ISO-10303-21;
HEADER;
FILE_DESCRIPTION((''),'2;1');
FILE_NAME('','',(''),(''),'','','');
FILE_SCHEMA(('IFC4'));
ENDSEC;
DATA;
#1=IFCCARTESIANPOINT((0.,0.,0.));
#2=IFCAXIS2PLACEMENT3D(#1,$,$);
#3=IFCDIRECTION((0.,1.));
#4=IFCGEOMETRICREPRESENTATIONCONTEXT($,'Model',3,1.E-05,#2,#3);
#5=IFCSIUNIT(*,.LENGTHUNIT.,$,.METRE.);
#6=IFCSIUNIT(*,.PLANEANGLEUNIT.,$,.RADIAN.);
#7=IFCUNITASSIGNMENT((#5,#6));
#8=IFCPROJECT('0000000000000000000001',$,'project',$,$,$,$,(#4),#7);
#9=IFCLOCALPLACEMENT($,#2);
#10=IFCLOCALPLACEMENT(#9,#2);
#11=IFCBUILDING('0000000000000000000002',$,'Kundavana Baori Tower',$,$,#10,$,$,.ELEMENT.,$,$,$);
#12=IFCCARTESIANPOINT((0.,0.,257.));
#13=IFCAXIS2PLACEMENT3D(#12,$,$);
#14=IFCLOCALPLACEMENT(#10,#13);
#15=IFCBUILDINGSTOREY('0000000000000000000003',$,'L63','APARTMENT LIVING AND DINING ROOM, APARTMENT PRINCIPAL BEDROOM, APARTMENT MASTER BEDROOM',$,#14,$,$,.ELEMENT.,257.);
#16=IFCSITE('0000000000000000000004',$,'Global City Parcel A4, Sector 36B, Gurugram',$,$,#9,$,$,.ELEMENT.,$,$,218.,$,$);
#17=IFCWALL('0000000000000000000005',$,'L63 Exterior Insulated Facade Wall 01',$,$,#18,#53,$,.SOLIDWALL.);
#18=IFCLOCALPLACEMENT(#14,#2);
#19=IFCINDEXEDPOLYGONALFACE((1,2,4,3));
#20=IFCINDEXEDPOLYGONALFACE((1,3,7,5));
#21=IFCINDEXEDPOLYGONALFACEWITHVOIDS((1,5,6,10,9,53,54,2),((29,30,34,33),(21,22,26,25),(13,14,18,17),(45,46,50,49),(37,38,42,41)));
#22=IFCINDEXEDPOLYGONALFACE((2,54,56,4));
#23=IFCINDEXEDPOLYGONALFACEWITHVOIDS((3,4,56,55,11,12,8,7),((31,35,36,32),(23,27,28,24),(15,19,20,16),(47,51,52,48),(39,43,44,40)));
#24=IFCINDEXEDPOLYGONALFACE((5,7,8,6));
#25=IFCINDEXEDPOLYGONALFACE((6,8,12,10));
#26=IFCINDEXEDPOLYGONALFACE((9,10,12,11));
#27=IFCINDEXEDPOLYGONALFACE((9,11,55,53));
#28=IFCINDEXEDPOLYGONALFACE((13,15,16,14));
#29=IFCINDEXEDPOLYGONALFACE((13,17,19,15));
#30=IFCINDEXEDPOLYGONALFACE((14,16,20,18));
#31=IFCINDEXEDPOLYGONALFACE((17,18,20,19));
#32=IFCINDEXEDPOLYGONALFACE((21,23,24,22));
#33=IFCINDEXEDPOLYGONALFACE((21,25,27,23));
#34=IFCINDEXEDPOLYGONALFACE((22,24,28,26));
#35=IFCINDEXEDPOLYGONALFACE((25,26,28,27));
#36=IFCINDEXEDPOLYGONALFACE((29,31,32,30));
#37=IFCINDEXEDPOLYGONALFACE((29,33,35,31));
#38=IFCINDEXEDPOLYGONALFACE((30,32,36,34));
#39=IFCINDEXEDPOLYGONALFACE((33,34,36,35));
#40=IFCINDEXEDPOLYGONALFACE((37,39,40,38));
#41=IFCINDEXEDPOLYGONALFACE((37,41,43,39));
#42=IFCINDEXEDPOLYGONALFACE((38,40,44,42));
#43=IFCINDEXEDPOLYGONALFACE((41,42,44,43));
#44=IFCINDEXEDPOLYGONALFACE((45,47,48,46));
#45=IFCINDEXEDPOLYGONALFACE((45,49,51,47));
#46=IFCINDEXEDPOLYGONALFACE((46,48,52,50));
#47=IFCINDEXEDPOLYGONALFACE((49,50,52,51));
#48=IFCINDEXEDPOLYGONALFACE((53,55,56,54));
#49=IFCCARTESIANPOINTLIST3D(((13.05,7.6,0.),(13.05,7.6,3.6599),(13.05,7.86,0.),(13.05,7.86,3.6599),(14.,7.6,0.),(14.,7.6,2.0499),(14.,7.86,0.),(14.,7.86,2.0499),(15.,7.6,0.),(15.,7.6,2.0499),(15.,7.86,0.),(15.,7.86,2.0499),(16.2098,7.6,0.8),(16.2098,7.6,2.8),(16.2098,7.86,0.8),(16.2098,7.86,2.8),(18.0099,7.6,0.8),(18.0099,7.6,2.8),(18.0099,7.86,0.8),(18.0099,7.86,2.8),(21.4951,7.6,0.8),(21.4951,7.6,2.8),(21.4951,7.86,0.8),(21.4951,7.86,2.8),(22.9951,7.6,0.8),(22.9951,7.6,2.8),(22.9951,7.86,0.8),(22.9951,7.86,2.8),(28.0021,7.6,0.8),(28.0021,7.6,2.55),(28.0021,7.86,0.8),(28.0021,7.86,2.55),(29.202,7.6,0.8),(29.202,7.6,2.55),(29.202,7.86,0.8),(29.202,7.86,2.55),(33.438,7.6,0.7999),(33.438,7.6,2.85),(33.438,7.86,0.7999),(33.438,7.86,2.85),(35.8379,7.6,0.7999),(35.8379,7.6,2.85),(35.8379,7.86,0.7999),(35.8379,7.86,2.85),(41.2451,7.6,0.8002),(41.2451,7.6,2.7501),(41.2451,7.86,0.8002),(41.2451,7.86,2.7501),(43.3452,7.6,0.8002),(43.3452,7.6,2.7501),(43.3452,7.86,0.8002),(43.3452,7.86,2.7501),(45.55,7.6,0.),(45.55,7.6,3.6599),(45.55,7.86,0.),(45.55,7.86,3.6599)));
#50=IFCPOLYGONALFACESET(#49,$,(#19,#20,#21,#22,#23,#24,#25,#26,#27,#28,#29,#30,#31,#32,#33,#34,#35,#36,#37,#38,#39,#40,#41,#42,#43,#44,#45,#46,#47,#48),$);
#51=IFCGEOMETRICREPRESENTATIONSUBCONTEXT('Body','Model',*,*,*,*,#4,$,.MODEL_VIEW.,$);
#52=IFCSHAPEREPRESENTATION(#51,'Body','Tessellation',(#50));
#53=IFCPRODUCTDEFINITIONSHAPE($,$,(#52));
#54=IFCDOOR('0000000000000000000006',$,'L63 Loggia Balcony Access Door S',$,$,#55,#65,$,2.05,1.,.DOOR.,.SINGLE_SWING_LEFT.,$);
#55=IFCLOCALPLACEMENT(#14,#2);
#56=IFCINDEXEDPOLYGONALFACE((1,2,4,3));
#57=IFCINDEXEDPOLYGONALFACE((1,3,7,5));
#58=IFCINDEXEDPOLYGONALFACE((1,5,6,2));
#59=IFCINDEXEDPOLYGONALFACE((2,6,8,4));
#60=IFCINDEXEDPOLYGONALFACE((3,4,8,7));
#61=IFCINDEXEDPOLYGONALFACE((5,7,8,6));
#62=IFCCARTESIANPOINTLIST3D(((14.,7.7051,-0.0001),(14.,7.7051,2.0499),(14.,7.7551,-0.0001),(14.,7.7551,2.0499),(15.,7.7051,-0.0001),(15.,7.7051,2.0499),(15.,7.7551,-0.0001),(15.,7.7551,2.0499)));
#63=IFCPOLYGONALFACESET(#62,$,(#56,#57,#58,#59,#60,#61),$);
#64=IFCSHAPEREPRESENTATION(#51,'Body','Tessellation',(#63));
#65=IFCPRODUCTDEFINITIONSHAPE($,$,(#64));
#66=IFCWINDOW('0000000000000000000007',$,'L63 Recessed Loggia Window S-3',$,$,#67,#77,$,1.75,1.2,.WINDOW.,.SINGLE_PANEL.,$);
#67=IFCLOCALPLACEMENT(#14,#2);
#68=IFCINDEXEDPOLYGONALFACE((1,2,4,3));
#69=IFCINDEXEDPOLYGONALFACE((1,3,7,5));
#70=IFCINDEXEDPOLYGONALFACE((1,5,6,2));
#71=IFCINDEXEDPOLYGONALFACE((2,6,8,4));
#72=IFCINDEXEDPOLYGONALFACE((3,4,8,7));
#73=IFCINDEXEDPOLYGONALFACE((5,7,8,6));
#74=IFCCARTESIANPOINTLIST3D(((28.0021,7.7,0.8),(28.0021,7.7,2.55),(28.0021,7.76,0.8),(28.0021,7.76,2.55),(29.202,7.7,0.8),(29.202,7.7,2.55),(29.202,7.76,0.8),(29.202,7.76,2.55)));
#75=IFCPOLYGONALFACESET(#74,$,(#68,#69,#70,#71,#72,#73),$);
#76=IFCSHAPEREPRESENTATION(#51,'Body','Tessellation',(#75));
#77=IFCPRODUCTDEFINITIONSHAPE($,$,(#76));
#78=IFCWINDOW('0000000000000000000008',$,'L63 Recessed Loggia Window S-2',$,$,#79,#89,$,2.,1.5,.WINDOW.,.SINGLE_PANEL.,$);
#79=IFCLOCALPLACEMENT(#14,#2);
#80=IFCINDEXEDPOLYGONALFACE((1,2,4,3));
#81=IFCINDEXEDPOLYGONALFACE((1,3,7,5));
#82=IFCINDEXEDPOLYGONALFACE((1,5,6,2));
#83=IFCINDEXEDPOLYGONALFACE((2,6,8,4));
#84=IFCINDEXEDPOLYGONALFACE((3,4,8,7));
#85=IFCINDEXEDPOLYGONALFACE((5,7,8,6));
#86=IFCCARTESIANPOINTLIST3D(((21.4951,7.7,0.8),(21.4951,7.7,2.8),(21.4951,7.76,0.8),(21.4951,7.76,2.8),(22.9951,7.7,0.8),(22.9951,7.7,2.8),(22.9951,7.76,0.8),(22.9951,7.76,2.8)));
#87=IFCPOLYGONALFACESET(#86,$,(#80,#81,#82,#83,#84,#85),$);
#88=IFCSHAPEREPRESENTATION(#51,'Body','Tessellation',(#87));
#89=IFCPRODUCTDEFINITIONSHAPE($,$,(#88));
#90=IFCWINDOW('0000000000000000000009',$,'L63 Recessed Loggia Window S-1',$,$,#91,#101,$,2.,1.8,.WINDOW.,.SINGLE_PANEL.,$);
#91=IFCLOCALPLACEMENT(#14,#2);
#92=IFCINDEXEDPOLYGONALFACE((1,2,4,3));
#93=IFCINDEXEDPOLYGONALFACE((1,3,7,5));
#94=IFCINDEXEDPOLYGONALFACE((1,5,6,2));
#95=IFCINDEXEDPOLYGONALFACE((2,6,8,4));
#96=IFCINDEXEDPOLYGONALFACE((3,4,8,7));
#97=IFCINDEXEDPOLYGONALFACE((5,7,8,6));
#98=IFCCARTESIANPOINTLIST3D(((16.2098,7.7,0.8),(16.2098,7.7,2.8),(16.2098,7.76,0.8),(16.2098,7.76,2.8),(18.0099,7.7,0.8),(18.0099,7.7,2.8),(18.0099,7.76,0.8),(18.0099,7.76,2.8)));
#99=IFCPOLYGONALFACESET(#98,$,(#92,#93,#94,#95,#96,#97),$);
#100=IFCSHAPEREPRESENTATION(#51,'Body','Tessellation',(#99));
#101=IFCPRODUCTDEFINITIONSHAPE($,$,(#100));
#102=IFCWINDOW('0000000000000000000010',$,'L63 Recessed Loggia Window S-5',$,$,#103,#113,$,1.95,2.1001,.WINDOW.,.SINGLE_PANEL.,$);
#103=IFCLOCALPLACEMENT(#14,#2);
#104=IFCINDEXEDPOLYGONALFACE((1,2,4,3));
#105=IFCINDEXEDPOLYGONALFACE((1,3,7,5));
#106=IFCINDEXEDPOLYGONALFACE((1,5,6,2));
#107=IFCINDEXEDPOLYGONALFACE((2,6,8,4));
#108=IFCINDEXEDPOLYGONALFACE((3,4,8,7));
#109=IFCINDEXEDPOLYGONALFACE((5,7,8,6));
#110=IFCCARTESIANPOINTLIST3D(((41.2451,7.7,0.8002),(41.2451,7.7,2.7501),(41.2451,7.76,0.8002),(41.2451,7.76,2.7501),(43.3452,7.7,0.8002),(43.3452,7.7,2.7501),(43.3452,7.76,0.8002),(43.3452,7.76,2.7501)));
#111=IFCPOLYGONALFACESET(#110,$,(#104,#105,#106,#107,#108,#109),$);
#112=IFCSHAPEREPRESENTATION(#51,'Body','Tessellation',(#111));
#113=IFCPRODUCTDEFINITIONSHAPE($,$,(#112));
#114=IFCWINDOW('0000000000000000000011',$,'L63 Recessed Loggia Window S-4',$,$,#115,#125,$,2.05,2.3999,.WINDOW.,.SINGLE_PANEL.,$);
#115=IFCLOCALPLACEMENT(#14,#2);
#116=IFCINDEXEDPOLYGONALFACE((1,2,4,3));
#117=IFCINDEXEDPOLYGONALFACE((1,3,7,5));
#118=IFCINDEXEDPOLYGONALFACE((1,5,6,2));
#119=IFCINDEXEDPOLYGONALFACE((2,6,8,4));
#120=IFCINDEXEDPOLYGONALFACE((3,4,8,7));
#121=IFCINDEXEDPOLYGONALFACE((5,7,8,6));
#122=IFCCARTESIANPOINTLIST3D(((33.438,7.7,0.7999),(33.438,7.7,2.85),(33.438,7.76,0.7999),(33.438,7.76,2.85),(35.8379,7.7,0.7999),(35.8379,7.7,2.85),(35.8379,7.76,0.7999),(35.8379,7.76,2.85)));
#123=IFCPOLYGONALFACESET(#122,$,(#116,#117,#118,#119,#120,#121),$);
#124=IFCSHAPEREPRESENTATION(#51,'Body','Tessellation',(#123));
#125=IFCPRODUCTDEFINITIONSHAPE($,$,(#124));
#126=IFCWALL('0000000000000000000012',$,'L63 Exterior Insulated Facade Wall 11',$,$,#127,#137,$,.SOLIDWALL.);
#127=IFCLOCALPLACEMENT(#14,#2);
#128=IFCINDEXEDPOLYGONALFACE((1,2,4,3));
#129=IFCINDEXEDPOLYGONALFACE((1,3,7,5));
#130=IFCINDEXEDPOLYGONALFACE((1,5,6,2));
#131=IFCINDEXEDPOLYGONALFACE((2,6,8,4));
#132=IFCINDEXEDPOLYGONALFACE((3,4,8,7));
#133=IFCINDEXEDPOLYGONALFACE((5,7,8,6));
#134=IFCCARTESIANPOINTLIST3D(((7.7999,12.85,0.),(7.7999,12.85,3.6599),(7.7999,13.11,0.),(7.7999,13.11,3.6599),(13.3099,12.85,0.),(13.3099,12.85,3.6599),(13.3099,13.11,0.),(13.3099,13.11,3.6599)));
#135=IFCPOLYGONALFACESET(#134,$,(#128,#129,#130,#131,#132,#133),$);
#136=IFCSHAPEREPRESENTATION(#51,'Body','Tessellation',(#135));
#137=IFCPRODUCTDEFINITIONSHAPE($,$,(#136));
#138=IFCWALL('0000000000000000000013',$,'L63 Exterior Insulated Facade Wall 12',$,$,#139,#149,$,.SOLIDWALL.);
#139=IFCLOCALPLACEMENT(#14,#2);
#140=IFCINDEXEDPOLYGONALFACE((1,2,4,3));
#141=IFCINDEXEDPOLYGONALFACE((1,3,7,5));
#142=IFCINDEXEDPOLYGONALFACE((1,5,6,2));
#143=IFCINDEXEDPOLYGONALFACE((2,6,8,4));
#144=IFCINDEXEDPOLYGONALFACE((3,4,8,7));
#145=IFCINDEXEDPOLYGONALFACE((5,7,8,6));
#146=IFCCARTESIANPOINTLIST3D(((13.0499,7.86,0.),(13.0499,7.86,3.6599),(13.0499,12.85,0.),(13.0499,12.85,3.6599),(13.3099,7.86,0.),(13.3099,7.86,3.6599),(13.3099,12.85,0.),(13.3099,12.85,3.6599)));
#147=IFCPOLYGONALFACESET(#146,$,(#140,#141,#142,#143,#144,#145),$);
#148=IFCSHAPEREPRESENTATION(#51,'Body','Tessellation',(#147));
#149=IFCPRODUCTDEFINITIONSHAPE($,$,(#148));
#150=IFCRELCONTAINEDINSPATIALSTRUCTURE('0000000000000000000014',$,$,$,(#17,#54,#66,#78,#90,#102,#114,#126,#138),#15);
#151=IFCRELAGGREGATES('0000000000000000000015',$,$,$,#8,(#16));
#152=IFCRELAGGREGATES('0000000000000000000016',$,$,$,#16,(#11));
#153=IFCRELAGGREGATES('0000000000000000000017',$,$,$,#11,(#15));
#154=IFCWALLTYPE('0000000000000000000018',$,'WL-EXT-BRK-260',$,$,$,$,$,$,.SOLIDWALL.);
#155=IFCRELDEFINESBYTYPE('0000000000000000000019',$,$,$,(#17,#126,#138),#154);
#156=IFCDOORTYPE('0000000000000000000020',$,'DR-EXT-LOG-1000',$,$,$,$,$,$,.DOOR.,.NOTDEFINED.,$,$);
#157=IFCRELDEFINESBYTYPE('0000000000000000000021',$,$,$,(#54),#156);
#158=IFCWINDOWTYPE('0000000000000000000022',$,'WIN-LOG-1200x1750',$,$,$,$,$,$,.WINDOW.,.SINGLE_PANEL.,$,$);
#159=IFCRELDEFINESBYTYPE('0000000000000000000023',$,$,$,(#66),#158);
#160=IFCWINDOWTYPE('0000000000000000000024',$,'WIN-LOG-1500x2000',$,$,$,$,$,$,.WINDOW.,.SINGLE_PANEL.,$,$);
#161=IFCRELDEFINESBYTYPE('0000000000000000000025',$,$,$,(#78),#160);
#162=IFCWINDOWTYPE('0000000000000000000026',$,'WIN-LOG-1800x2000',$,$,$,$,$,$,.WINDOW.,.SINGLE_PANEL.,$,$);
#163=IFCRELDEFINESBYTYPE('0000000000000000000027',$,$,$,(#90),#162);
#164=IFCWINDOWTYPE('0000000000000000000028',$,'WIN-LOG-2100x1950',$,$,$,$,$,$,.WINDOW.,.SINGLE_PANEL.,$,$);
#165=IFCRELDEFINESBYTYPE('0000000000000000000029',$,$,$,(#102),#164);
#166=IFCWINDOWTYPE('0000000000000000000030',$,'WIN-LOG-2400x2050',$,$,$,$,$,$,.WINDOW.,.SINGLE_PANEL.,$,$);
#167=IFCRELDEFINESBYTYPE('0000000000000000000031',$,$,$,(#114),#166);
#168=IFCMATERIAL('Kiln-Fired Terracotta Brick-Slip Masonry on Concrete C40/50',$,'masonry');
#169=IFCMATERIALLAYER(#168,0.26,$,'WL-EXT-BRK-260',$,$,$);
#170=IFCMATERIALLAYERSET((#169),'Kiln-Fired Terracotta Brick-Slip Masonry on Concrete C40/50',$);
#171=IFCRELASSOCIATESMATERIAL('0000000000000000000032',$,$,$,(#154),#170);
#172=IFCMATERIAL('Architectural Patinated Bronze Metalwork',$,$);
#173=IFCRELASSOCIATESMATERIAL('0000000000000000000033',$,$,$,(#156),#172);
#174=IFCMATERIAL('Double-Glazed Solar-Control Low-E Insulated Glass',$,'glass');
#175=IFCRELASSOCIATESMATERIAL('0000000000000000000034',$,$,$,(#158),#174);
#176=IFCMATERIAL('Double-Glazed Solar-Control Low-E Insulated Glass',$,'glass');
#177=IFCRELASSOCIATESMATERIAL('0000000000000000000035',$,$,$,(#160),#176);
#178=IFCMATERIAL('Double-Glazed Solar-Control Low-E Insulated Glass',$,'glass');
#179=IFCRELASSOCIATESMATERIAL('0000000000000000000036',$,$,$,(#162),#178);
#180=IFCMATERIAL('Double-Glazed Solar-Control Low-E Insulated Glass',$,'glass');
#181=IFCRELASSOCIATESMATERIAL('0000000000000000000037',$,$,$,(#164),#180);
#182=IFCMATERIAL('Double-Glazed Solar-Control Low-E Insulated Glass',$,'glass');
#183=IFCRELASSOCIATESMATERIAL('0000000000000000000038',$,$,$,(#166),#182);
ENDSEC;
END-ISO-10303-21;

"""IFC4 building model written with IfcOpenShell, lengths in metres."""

from ifc_helpers import new_model, si_unit, direction, frame, frame_2d, origin, place, context, subcontext, project, spatial, rectangle, extrude, material, layer, layer_set, type_object, element, fill, save


model = new_model("IFC4")

# Units and contexts
model_context = context("Model", 3, precision=1e-05, world=origin(), true_north=direction((0.0, 1.0)))
body_context = subcontext(model_context, "Body", "Model", "MODEL_VIEW")
ifc_project = project(units=[si_unit("LENGTHUNIT", "METRE"), si_unit("PLANEANGLEUNIT", "RADIAN")], contexts=[model_context])

# Site, building, storey
site_placement = place(None, origin())
site = spatial("IfcSite", under=ifc_project, at=site_placement, Name="Global City Parcel A4, Sector 36B, Gurugram", CompositionType="ELEMENT", RefElevation=218.0)
building_placement = place(site_placement, origin())
building = spatial("IfcBuilding", under=site, at=building_placement, Name="Kundavana Baori Tower", CompositionType="ELEMENT")
storey_placement = place(building_placement, frame((0.0, 0.0, 257.0)))
storey = spatial("IfcBuildingStorey", under=building, at=storey_placement, Name="L63", Description="APARTMENT LIVING AND DINING ROOM, APARTMENT PRINCIPAL BEDROOM, APARTMENT MASTER BEDROOM", CompositionType="ELEMENT", Elevation=257.0)

# Wall, openings, door, windows
ifc_material_1 = material(Name="Kiln-Fired Terracotta Brick-Slip Masonry on Concrete C40/50", Category="masonry")
ifc_layer_1 = layer(ifc_material_1, 0.26, Name="WL-EXT-BRK-260")
ifc_layer_set_1 = layer_set([ifc_layer_1], Name="Kiln-Fired Terracotta Brick-Slip Masonry on Concrete C40/50")
wall_type_1 = type_object("IfcWallType", Name="WL-EXT-BRK-260", PredefinedType="SOLIDWALL", material=ifc_layer_set_1)
wall_1_placement = place(storey_placement, frame((13.05, 7.73, 0.0), z_axis=(0.0, 0.0, 1.0), x_axis=(1.0, 0.0, 0.0)))
wall_1 = element("IfcWall", 1, at=wall_1_placement, inside=storey, type_object=wall_type_1, Name="L63 Exterior Insulated Facade Wall 01", PredefinedType="SOLIDWALL", context=body_context, shape_type="SweptSolid", body=[
    extrude(rectangle(XDim=32.5, YDim=0.26, at=frame_2d((16.25, 0.0))), origin(), (0.0, 0.0, 1.0), 3.6599),
])
opening_1_placement = place(wall_1_placement, frame((0.95, 0.0, 0.0)))
opening_1 = element("IfcOpeningElement", 2, at=opening_1_placement, cuts=wall_1, PredefinedType="OPENING", context=body_context, shape_type="SweptSolid", body=[
    extrude(rectangle(XDim=1.0, YDim=2.05, at=frame_2d((0.5, 1.0249))), frame((0.0, 0.1401, 0.0), z_axis=(0.0, -1.0, 0.0), x_axis=(1.0, 0.0, 0.0)), (0.0, 0.0, 1.0), 0.28),
])
opening_2_placement = place(wall_1_placement, frame((3.1599, 0.0, 0.8)))
opening_2 = element("IfcOpeningElement", 3, at=opening_2_placement, cuts=wall_1, PredefinedType="OPENING", context=body_context, shape_type="SweptSolid", body=[
    extrude(rectangle(XDim=1.8, YDim=2.0, at=frame_2d((0.8999, 1.0))), frame((0.0, 0.1401, 0.0), z_axis=(0.0, -1.0, 0.0), x_axis=(1.0, 0.0, 0.0)), (0.0, 0.0, 1.0), 0.28),
])
opening_3_placement = place(wall_1_placement, frame((8.4451, 0.0, 0.8)))
opening_3 = element("IfcOpeningElement", 4, at=opening_3_placement, cuts=wall_1, PredefinedType="OPENING", context=body_context, shape_type="SweptSolid", body=[
    extrude(rectangle(XDim=1.5, YDim=2.0, at=frame_2d((0.75, 1.0))), frame((0.0, 0.1401, 0.0), z_axis=(0.0, -1.0, 0.0), x_axis=(1.0, 0.0, 0.0)), (0.0, 0.0, 1.0), 0.28),
])
opening_4_placement = place(wall_1_placement, frame((14.9519, 0.0, 0.8)))
opening_4 = element("IfcOpeningElement", 5, at=opening_4_placement, cuts=wall_1, PredefinedType="OPENING", context=body_context, shape_type="SweptSolid", body=[
    extrude(rectangle(XDim=1.2, YDim=1.75, at=frame_2d((0.6001, 0.875))), frame((0.0, 0.1401, 0.0), z_axis=(0.0, -1.0, 0.0), x_axis=(1.0, 0.0, 0.0)), (0.0, 0.0, 1.0), 0.28),
])
opening_5_placement = place(wall_1_placement, frame((20.3879, 0.0, 0.8)))
opening_5 = element("IfcOpeningElement", 6, at=opening_5_placement, cuts=wall_1, PredefinedType="OPENING", context=body_context, shape_type="SweptSolid", body=[
    extrude(rectangle(XDim=2.3999, YDim=2.05, at=frame_2d((1.2, 1.0249))), frame((0.0, 0.1401, 0.0), z_axis=(0.0, -1.0, 0.0), x_axis=(1.0, 0.0, 0.0)), (0.0, 0.0, 1.0), 0.28),
])
opening_6_placement = place(wall_1_placement, frame((28.1951, 0.0, 0.8)))
opening_6 = element("IfcOpeningElement", 7, at=opening_6_placement, cuts=wall_1, PredefinedType="OPENING", context=body_context, shape_type="SweptSolid", body=[
    extrude(rectangle(XDim=2.1001, YDim=1.95, at=frame_2d((1.05, 0.9751))), frame((0.0, 0.1401, 0.0), z_axis=(0.0, -1.0, 0.0), x_axis=(1.0, 0.0, 0.0)), (0.0, 0.0, 1.0), 0.28),
])
ifc_material_2 = material(Name="Architectural Patinated Bronze Metalwork")
door_type_1 = type_object("IfcDoorType", Name="DR-EXT-LOG-1000", OperationType="NOTDEFINED", PredefinedType="DOOR", material=ifc_material_2)
door_1_placement = place(opening_1_placement, frame((1.0, 0.0, 0.0), z_axis=(0.0, 0.0, 1.0), x_axis=(-1.0, 0.0, 0.0)))
door_1 = element("IfcDoor", 8, at=door_1_placement, inside=storey, type_object=door_type_1, Name="L63 Loggia Balcony Access Door S", OperationType="SINGLE_SWING_LEFT", OverallHeight=2.05, OverallWidth=1.0, PredefinedType="DOOR", context=body_context, shape_type="SweptSolid", body=[
    extrude(rectangle(XDim=1.0, YDim=2.05, at=frame_2d((0.5, 1.0249))), frame((0.0, 0.0249, 0.0), z_axis=(0.0, -1.0, 0.0), x_axis=(1.0, 0.0, 0.0)), (0.0, 0.0, 1.0), 0.05),
])
fill(opening_1, door_1)
ifc_material_3 = material(Name="Double-Glazed Solar-Control Low-E Insulated Glass", Category="glass")
window_type_1 = type_object("IfcWindowType", Name="WIN-LOG-1200x1750", PartitioningType="SINGLE_PANEL", PredefinedType="WINDOW", material=ifc_material_3)
window_1_placement = place(opening_4_placement, origin())
window_1 = element("IfcWindow", 9, at=window_1_placement, inside=storey, type_object=window_type_1, Name="L63 Recessed Loggia Window S-3", OverallHeight=1.75, OverallWidth=1.2, PartitioningType="SINGLE_PANEL", PredefinedType="WINDOW", context=body_context, shape_type="SweptSolid", body=[
    extrude(rectangle(XDim=1.2, YDim=1.75, at=frame_2d((0.6001, 0.875))), frame((0.0, 0.03, 0.0), z_axis=(0.0, -1.0, 0.0), x_axis=(1.0, 0.0, 0.0)), (0.0, 0.0, 1.0), 0.0601),
])
fill(opening_4, window_1)
ifc_material_4 = material(Name="Double-Glazed Solar-Control Low-E Insulated Glass", Category="glass")
window_type_2 = type_object("IfcWindowType", Name="WIN-LOG-1500x2000", PartitioningType="SINGLE_PANEL", PredefinedType="WINDOW", material=ifc_material_4)
window_2_placement = place(opening_3_placement, origin())
window_2 = element("IfcWindow", 10, at=window_2_placement, inside=storey, type_object=window_type_2, Name="L63 Recessed Loggia Window S-2", OverallHeight=2.0, OverallWidth=1.5, PartitioningType="SINGLE_PANEL", PredefinedType="WINDOW", context=body_context, shape_type="SweptSolid", body=[
    extrude(rectangle(XDim=1.5, YDim=2.0, at=frame_2d((0.75, 1.0))), frame((0.0, 0.03, 0.0), z_axis=(0.0, -1.0, 0.0), x_axis=(1.0, 0.0, 0.0)), (0.0, 0.0, 1.0), 0.0601),
])
fill(opening_3, window_2)
ifc_material_5 = material(Name="Double-Glazed Solar-Control Low-E Insulated Glass", Category="glass")
window_type_3 = type_object("IfcWindowType", Name="WIN-LOG-1800x2000", PartitioningType="SINGLE_PANEL", PredefinedType="WINDOW", material=ifc_material_5)
window_3_placement = place(opening_2_placement, origin())
window_3 = element("IfcWindow", 11, at=window_3_placement, inside=storey, type_object=window_type_3, Name="L63 Recessed Loggia Window S-1", OverallHeight=2.0, OverallWidth=1.8, PartitioningType="SINGLE_PANEL", PredefinedType="WINDOW", context=body_context, shape_type="SweptSolid", body=[
    extrude(rectangle(XDim=1.8, YDim=2.0, at=frame_2d((0.8999, 1.0))), frame((0.0, 0.03, 0.0), z_axis=(0.0, -1.0, 0.0), x_axis=(1.0, 0.0, 0.0)), (0.0, 0.0, 1.0), 0.0601),
])
fill(opening_2, window_3)
ifc_material_6 = material(Name="Double-Glazed Solar-Control Low-E Insulated Glass", Category="glass")
window_type_4 = type_object("IfcWindowType", Name="WIN-LOG-2100x1950", PartitioningType="SINGLE_PANEL", PredefinedType="WINDOW", material=ifc_material_6)
window_4_placement = place(opening_6_placement, origin())
window_4 = element("IfcWindow", 12, at=window_4_placement, inside=storey, type_object=window_type_4, Name="L63 Recessed Loggia Window S-5", OverallHeight=1.95, OverallWidth=2.1001, PartitioningType="SINGLE_PANEL", PredefinedType="WINDOW", context=body_context, shape_type="SweptSolid", body=[
    extrude(rectangle(XDim=2.1001, YDim=1.95, at=frame_2d((1.05, 0.9751))), frame((0.0, 0.03, 0.0), z_axis=(0.0, -1.0, 0.0), x_axis=(1.0, 0.0, 0.0)), (0.0, 0.0, 1.0), 0.0601),
])
fill(opening_6, window_4)
ifc_material_7 = material(Name="Double-Glazed Solar-Control Low-E Insulated Glass", Category="glass")
window_type_5 = type_object("IfcWindowType", Name="WIN-LOG-2400x2050", PartitioningType="SINGLE_PANEL", PredefinedType="WINDOW", material=ifc_material_7)
window_5_placement = place(opening_5_placement, origin())
window_5 = element("IfcWindow", 13, at=window_5_placement, inside=storey, type_object=window_type_5, Name="L63 Recessed Loggia Window S-4", OverallHeight=2.05, OverallWidth=2.3999, PartitioningType="SINGLE_PANEL", PredefinedType="WINDOW", context=body_context, shape_type="SweptSolid", body=[
    extrude(rectangle(XDim=2.3999, YDim=2.05, at=frame_2d((1.2, 1.0249))), frame((0.0, 0.03, 0.0), z_axis=(0.0, -1.0, 0.0), x_axis=(1.0, 0.0, 0.0)), (0.0, 0.0, 1.0), 0.0601),
])
fill(opening_5, window_5)

# Walls
wall_2_placement = place(storey_placement, frame((7.8, 12.98, 0.0), z_axis=(0.0, 0.0, 1.0), x_axis=(1.0, 0.0, 0.0)))
element("IfcWall", 14, at=wall_2_placement, inside=storey, type_object=wall_type_1, Name="L63 Exterior Insulated Facade Wall 11", PredefinedType="SOLIDWALL", context=body_context, shape_type="SweptSolid", body=[
    extrude(rectangle(XDim=5.51, YDim=0.26, at=frame_2d((2.7549, 0.0))), origin(), (0.0, 0.0, 1.0), 3.6599),
])
wall_3_placement = place(storey_placement, frame((13.1799, 12.8501, 0.0), z_axis=(0.0, 0.0, 1.0), x_axis=(0.0, -1.0, 0.0)))
element("IfcWall", 15, at=wall_3_placement, inside=storey, type_object=wall_type_1, Name="L63 Exterior Insulated Facade Wall 12", PredefinedType="SOLIDWALL", context=body_context, shape_type="SweptSolid", body=[
    extrude(rectangle(XDim=4.99, YDim=0.26, at=frame_2d((2.4951, 0.0))), origin(), (0.0, 0.0, 1.0), 3.6599),
])

save(model, "model.ifc")
